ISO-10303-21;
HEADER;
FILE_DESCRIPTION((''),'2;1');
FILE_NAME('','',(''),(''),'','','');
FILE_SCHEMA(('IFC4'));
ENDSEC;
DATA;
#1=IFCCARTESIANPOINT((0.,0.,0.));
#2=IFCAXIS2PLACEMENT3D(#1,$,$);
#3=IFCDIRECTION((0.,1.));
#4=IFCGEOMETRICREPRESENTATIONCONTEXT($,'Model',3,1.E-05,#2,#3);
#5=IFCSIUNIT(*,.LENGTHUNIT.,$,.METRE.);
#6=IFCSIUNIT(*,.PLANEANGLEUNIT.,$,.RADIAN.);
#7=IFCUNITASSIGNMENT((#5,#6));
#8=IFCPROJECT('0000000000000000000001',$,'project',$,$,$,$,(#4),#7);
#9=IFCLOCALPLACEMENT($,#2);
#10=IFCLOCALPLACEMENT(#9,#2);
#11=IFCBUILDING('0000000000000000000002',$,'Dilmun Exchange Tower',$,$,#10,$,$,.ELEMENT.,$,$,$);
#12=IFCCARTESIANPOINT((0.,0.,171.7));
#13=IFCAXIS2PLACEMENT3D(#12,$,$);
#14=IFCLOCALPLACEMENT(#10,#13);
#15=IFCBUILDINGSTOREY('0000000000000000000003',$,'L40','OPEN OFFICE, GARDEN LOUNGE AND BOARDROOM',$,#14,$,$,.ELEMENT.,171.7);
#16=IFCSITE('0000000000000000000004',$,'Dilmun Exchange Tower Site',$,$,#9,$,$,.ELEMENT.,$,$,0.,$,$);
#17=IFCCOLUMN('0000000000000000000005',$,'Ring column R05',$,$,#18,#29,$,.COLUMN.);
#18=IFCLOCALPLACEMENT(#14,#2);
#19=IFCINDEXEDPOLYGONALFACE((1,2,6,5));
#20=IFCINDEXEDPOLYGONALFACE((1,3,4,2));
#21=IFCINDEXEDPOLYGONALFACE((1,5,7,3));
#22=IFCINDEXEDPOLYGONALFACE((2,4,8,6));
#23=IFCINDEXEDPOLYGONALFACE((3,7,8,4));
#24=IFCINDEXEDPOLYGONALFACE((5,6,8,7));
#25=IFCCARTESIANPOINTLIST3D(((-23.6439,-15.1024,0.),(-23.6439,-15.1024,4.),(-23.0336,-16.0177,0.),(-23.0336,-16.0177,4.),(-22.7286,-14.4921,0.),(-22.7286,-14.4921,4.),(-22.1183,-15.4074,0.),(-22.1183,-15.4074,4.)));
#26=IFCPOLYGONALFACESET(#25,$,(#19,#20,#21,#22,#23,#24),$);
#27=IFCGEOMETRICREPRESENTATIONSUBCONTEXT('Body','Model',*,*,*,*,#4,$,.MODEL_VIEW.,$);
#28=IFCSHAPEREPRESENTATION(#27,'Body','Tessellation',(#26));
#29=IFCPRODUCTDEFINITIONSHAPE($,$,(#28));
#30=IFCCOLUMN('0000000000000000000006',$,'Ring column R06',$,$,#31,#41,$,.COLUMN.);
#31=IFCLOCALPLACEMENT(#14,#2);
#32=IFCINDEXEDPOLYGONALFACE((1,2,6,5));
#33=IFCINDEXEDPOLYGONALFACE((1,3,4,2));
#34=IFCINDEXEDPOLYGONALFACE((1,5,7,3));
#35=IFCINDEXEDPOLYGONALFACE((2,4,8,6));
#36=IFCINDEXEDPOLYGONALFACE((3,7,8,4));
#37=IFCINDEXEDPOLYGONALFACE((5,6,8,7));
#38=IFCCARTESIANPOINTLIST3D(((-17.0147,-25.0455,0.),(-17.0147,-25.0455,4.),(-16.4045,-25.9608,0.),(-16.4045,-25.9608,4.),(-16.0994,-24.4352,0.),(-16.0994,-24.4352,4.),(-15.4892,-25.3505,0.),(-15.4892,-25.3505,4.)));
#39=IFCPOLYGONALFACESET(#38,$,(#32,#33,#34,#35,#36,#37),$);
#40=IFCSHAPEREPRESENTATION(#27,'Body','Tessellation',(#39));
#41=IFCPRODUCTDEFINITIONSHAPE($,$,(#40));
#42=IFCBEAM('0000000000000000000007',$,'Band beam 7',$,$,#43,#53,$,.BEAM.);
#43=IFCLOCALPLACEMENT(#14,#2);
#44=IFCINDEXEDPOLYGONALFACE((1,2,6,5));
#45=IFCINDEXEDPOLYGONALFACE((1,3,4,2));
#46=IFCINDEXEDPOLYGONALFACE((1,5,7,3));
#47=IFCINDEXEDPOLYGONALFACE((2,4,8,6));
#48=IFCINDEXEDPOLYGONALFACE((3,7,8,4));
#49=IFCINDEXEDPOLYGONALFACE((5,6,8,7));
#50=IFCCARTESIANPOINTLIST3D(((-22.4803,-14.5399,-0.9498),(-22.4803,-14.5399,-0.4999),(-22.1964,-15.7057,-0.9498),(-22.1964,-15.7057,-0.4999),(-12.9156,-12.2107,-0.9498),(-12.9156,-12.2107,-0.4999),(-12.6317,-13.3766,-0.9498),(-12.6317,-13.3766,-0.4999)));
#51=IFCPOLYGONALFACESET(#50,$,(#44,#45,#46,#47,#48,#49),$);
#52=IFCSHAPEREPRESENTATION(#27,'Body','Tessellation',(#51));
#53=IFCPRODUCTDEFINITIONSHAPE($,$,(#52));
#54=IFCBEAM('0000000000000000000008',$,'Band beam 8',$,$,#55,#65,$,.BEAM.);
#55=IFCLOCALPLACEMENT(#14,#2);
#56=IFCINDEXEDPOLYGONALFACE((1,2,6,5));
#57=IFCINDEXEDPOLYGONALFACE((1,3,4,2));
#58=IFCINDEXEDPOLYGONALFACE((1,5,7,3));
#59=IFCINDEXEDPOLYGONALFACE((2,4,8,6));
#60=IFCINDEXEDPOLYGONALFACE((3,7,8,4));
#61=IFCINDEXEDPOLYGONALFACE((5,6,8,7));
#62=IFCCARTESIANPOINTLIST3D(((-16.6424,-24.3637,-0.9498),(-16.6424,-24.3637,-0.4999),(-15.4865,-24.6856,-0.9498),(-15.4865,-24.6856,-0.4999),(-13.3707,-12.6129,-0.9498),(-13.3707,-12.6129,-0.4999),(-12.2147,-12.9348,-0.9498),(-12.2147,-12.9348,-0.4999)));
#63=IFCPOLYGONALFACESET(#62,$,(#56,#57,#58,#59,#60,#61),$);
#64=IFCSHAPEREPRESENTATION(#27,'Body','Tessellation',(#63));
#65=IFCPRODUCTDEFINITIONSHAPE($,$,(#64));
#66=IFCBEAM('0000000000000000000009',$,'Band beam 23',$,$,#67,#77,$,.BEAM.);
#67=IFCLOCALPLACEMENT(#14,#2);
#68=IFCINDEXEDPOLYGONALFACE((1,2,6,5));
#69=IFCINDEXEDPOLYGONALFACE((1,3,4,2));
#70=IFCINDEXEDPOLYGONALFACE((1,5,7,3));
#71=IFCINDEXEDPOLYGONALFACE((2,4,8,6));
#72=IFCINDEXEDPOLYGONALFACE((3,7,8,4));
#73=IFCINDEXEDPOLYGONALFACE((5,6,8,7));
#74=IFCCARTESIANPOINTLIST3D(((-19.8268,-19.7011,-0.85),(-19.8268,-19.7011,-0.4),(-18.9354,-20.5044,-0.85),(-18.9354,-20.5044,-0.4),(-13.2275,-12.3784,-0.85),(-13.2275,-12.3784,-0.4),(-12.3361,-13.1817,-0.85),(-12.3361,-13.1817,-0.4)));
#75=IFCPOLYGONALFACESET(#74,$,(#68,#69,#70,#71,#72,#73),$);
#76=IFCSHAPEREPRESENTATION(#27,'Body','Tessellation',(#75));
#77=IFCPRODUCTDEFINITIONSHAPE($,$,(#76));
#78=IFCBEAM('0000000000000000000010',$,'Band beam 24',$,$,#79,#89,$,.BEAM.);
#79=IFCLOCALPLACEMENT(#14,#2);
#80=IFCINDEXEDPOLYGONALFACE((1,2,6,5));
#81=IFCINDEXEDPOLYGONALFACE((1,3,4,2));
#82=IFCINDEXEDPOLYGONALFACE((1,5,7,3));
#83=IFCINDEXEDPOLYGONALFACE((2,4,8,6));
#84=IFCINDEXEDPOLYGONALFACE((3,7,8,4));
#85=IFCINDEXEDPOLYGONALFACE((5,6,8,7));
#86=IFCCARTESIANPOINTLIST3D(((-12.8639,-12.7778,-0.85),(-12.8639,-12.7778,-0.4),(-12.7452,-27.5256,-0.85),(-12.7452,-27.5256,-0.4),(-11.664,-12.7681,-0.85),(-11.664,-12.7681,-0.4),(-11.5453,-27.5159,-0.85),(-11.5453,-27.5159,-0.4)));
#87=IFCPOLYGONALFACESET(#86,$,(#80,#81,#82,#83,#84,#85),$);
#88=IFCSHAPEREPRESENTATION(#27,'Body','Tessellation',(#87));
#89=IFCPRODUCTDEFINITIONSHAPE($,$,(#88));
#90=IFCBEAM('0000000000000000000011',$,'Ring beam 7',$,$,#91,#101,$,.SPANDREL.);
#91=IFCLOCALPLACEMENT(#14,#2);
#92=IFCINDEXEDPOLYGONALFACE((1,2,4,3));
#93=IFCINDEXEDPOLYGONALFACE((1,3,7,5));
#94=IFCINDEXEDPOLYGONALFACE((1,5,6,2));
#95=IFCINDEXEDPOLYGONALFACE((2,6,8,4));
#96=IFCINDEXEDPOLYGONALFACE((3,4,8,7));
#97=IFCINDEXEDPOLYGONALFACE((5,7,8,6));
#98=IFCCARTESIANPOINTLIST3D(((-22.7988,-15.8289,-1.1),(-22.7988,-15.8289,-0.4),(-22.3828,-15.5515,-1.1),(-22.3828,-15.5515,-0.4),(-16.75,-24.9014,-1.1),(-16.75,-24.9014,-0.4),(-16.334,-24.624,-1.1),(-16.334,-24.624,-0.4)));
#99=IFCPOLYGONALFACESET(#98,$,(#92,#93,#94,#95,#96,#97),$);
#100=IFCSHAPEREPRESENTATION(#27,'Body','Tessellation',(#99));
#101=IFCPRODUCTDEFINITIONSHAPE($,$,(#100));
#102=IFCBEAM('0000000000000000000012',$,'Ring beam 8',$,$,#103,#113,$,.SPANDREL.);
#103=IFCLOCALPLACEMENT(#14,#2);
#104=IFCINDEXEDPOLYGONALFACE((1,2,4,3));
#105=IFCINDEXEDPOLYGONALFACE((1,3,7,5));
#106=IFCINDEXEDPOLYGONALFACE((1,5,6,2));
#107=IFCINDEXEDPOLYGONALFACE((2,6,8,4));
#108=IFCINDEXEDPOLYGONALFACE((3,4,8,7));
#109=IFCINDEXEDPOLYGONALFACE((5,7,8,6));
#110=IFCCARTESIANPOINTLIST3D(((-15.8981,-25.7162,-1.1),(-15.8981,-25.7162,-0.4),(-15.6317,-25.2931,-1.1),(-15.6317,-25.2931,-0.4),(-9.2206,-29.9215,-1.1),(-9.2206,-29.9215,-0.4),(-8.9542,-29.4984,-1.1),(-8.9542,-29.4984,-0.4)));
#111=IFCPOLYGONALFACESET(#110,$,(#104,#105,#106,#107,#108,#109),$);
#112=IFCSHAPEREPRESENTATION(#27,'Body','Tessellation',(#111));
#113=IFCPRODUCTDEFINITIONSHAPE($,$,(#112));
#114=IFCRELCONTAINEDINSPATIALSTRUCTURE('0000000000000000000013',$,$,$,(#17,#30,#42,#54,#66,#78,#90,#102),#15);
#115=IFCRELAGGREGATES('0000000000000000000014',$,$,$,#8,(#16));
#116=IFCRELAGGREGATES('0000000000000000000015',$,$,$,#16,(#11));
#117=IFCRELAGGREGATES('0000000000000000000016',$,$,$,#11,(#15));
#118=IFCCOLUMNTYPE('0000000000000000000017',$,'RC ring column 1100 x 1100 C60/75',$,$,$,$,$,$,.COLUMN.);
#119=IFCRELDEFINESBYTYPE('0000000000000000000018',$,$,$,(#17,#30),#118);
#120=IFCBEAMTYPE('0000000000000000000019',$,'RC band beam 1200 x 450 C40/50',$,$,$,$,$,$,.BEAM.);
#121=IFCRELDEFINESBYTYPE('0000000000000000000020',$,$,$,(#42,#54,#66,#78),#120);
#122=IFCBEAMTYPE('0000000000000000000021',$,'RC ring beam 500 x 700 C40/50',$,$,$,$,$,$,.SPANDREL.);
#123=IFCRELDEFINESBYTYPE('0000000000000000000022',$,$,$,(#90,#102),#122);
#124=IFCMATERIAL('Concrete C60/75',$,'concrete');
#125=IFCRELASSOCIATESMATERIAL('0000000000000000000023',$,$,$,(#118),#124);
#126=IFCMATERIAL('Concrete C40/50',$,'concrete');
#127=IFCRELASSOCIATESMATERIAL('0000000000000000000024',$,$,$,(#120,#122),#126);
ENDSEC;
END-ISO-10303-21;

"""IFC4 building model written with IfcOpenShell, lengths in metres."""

from ifc_helpers import new_model, si_unit, direction, frame, origin, origin_2d, place, context, subcontext, project, spatial, rectangle, extrude, material, material_profile, profile_set, type_object, element, save


model = new_model("IFC4")

# Units and contexts
model_context = context("Model", 3, precision=1e-05, world=origin(), true_north=direction((0.0, 1.0)))
body_context = subcontext(model_context, "Body", "Model", "MODEL_VIEW")
ifc_project = project(units=[si_unit("LENGTHUNIT", "METRE"), si_unit("PLANEANGLEUNIT", "RADIAN")], contexts=[model_context])

# Site, building, storey
site_placement = place(None, origin())
site = spatial("IfcSite", under=ifc_project, at=site_placement, Name="Dilmun Exchange Tower Site", CompositionType="ELEMENT", RefElevation=0.0)
building_placement = place(site_placement, origin())
building = spatial("IfcBuilding", under=site, at=building_placement, Name="Dilmun Exchange Tower", CompositionType="ELEMENT")
storey_placement = place(building_placement, frame((0.0, 0.0, 171.7)))
storey = spatial("IfcBuildingStorey", under=building, at=storey_placement, Name="L40", Description="OPEN OFFICE, GARDEN LOUNGE AND BOARDROOM", CompositionType="ELEMENT", Elevation=171.7)

# Columns
ifc_material_1 = material(Name="Concrete C60/75", Category="concrete")
ifc_material_profile_1 = material_profile(ifc_material_1, rectangle(XDim=1.1001, YDim=1.1001, at=origin_2d()), Name="1100 x 1100")
ifc_profile_set_1 = profile_set([ifc_material_profile_1], Name="Concrete C60/75")
column_type = type_object("IfcColumnType", Name="RC ring column 1100 x 1100 C60/75", PredefinedType="COLUMN", material=ifc_profile_set_1)
for number, where, z_axis, x_axis, name in (
    (1, (-22.8811, -15.2549, 0.0), (0.0, 0.0, 1.0), (0.832029, 0.554733, 0.0), "Ring column R05"),
    (2, (-16.252, -25.198, 0.0), (0.0, 0.0, 1.0), (0.832029, 0.554733, 0.0), "Ring column R06"),
):
    element("IfcColumn", number, at=place(storey_placement, frame(where, z_axis=z_axis, x_axis=x_axis)), inside=storey, type_object=column_type, Name=name, PredefinedType="COLUMN", context=body_context, shape_type="SweptSolid", body=[
        extrude(rectangle(XDim=1.1001, YDim=1.1001, at=origin_2d()), origin(), (0.0, 0.0, 1.0), 4.0),
    ])

# Beams
ifc_material_2 = material(Name="Concrete C40/50", Category="concrete")
ifc_material_profile_2 = material_profile(ifc_material_2, rectangle(XDim=1.2, YDim=0.45, at=origin_2d()), Name="1200 x 450")
ifc_profile_set_2 = profile_set([ifc_material_profile_2], Name="Concrete C40/50")
beam_type_1 = type_object("IfcBeamType", Name="RC band beam 1200 x 450 C40/50", PredefinedType="BEAM", material=ifc_profile_set_2)
beam_1_placement = place(storey_placement, frame((-22.3384, -15.1228, -0.7249), z_axis=(0.971608, 0.236596, 0.0), x_axis=(-0.236596, 0.971608, 0.0)))
element("IfcBeam", 3, at=beam_1_placement, inside=storey, type_object=beam_type_1, Name="Band beam 7", PredefinedType="BEAM", context=body_context, shape_type="SweptSolid", body=[
    extrude(rectangle(XDim=1.2, YDim=0.45, at=origin_2d()), origin(), (0.0, 0.0, 1.0), 9.8442),
])
beam_2_placement = place(storey_placement, frame((-16.0645, -24.5247, -0.7249), z_axis=(0.268225, 0.963356, 0.0), x_axis=(-0.963356, 0.268225, 0.0)))
element("IfcBeam", 4, at=beam_2_placement, inside=storey, type_object=beam_type_1, Name="Band beam 8", PredefinedType="BEAM", context=body_context, shape_type="SweptSolid", body=[
    extrude(rectangle(XDim=1.2, YDim=0.45, at=origin_2d()), origin(), (0.0, 0.0, 1.0), 12.1978),
])
beam_3_placement = place(storey_placement, frame((-19.3811, -20.1028, -0.625), z_axis=(0.669463, 0.742846, 0.0), x_axis=(-0.742846, 0.669463, 0.0)))
element("IfcBeam", 5, at=beam_3_placement, inside=storey, type_object=beam_type_1, Name="Band beam 23", PredefinedType="BEAM", context=body_context, shape_type="SweptSolid", body=[
    extrude(rectangle(XDim=1.2, YDim=0.45, at=origin_2d()), origin(), (0.0, 0.0, 1.0), 9.8577),
])
beam_4_placement = place(storey_placement, frame((-12.1453, -27.5208, -0.625), z_axis=(-0.008045, 0.999968, 0.0), x_axis=(-0.999968, -0.008045, 0.0)))
element("IfcBeam", 6, at=beam_4_placement, inside=storey, type_object=beam_type_1, Name="Band beam 24", PredefinedType="BEAM", context=body_context, shape_type="SweptSolid", body=[
    extrude(rectangle(XDim=1.2, YDim=0.45, at=origin_2d()), origin(), (0.0, 0.0, 1.0), 14.7483),
])
ifc_material_profile_3 = material_profile(ifc_material_2, rectangle(XDim=0.5, YDim=0.7, at=origin_2d()), Name="500 x 700")
ifc_profile_set_3 = profile_set([ifc_material_profile_3], Name="Concrete C40/50")
beam_type_2 = type_object("IfcBeamType", Name="RC ring beam 500 x 700 C40/50", PredefinedType="SPANDREL", material=ifc_profile_set_3)
beam_5_placement = place(storey_placement, frame((-22.5908, -15.6902, -0.75), z_axis=(0.554731, -0.83203, 0.0), x_axis=(0.83203, 0.554731, 0.0)))
element("IfcBeam", 7, at=beam_5_placement, inside=storey, type_object=beam_type_2, Name="Ring beam 7", PredefinedType="SPANDREL", context=body_context, shape_type="SweptSolid", body=[
    extrude(rectangle(XDim=0.5, YDim=0.7, at=origin_2d()), origin(), (0.0, 0.0, 1.0), 10.9041),
])
beam_6_placement = place(storey_placement, frame((-15.7649, -25.5046, -0.75), z_axis=(0.846177, -0.532902, 0.0), x_axis=(0.532902, 0.846177, 0.0)))
element("IfcBeam", 8, at=beam_6_placement, inside=storey, type_object=beam_type_2, Name="Ring beam 8", PredefinedType="SPANDREL", context=body_context, shape_type="SweptSolid", body=[
    extrude(rectangle(XDim=0.5, YDim=0.7, at=origin_2d()), origin(), (0.0, 0.0, 1.0), 7.8914),
])

save(model, "model.ifc")
